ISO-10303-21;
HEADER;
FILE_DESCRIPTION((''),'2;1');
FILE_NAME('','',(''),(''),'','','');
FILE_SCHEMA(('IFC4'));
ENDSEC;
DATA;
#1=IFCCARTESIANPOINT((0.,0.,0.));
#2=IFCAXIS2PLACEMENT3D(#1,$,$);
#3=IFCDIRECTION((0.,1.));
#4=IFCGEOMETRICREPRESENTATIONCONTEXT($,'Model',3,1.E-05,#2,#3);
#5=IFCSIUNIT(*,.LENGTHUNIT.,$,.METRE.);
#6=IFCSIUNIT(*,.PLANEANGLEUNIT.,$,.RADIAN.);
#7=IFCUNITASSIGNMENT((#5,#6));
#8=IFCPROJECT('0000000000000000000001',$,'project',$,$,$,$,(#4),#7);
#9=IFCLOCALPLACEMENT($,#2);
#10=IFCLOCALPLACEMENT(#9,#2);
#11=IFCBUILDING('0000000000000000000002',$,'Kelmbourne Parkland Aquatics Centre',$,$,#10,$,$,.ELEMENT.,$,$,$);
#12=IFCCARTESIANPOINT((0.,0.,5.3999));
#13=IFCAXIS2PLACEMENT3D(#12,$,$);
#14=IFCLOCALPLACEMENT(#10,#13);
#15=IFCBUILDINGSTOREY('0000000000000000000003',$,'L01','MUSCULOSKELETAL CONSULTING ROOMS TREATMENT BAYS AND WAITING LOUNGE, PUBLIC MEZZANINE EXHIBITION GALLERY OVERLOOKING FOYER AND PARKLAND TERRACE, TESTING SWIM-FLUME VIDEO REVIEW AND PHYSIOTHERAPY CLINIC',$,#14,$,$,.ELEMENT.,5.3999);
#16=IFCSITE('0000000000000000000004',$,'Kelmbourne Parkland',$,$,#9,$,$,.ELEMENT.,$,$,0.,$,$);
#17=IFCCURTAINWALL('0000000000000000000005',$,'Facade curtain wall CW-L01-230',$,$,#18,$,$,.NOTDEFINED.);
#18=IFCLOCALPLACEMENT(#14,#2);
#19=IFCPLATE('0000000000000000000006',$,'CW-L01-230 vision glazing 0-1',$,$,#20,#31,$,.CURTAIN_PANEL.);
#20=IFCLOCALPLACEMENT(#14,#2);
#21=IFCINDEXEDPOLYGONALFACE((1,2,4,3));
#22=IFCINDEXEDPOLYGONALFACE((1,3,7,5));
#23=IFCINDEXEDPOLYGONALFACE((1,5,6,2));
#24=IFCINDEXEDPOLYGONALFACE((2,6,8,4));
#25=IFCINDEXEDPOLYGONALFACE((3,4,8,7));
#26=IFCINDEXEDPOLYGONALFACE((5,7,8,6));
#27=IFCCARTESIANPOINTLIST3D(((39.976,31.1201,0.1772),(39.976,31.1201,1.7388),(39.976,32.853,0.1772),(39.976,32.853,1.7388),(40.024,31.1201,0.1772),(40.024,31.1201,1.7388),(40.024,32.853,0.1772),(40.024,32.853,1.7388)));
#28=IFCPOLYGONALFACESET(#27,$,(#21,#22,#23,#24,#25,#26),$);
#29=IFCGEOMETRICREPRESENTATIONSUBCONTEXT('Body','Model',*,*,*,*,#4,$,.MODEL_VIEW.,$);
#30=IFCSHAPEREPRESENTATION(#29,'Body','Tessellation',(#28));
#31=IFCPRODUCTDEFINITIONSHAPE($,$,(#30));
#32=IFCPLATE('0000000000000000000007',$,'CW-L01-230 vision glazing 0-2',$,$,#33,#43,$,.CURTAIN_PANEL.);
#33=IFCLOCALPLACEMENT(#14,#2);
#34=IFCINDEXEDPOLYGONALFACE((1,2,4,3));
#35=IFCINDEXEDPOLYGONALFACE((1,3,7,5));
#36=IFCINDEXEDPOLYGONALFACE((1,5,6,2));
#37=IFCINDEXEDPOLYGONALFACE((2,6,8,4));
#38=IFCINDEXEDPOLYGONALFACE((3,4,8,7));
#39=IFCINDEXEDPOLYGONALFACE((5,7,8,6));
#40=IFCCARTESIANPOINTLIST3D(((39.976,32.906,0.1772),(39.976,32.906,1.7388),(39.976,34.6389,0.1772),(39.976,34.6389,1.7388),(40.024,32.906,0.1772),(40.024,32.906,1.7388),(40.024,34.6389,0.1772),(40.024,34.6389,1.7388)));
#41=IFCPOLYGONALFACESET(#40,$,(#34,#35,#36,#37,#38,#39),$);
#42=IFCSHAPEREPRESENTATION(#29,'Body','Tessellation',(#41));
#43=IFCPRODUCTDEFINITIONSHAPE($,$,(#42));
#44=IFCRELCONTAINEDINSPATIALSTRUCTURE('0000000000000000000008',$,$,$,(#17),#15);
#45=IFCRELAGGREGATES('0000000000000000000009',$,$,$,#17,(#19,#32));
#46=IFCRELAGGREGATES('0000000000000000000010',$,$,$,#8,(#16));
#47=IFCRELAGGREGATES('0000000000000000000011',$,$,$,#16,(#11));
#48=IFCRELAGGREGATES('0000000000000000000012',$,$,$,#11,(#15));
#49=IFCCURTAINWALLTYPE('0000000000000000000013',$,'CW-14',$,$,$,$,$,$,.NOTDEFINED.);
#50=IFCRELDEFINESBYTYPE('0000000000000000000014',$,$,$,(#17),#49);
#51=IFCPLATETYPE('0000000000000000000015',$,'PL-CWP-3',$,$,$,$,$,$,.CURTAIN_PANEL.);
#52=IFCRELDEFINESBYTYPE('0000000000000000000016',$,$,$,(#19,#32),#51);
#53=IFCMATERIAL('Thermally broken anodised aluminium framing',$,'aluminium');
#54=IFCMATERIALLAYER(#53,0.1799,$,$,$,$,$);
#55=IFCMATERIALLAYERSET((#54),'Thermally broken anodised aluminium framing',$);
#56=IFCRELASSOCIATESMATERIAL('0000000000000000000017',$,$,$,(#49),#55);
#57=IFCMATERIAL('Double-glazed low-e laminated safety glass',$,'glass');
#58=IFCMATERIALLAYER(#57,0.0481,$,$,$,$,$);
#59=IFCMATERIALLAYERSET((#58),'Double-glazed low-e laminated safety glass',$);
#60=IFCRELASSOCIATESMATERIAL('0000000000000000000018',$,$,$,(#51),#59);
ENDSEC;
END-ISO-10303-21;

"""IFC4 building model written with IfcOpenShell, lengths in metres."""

from ifc_helpers import new_model, si_unit, direction, frame, origin, origin_2d, place, context, subcontext, project, spatial, rectangle, extrude, material, layer, layer_set, type_object, element, aggregate, save


model = new_model("IFC4")

# Units and contexts
model_context = context("Model", 3, precision=1e-05, world=origin(), true_north=direction((0.0, 1.0)))
body_context = subcontext(model_context, "Body", "Model", "MODEL_VIEW")
ifc_project = project(units=[si_unit("LENGTHUNIT", "METRE"), si_unit("PLANEANGLEUNIT", "RADIAN")], contexts=[model_context])

# Site, building, storey
site_placement = place(None, origin())
site = spatial("IfcSite", under=ifc_project, at=site_placement, Name="Kelmbourne Parkland", CompositionType="ELEMENT", RefElevation=0.0)
building_placement = place(site_placement, origin())
building = spatial("IfcBuilding", under=site, at=building_placement, Name="Kelmbourne Parkland Aquatics Centre", CompositionType="ELEMENT")
storey_placement = place(building_placement, frame((0.0, 0.0, 5.3999)))
storey = spatial("IfcBuildingStorey", under=building, at=storey_placement, Name="L01", Description="MUSCULOSKELETAL CONSULTING ROOMS TREATMENT BAYS AND WAITING LOUNGE, PUBLIC MEZZANINE EXHIBITION GALLERY OVERLOOKING FOYER AND PARKLAND TERRACE, TESTING SWIM-FLUME VIDEO REVIEW AND PHYSIOTHERAPY CLINIC", CompositionType="ELEMENT", Elevation=5.3999)

# Curtain wall
ifc_material_1 = material(Name="Thermally broken anodised aluminium framing", Category="aluminium")
ifc_layer_1 = layer(ifc_material_1, 0.1799)
ifc_layer_set_1 = layer_set([ifc_layer_1], Name="Thermally broken anodised aluminium framing")
curtain_wall_type_1 = type_object("IfcCurtainWallType", Name="CW-14", PredefinedType="NOTDEFINED", material=ifc_layer_set_1)
curtain_wall_1_placement = place(storey_placement, origin())
curtain_wall_1 = element("IfcCurtainWall", 1, at=curtain_wall_1_placement, inside=storey, type_object=curtain_wall_type_1, Name="Facade curtain wall CW-L01-230", PredefinedType="NOTDEFINED")

# Plates
ifc_material_2 = material(Name="Double-glazed low-e laminated safety glass", Category="glass")
ifc_layer_2 = layer(ifc_material_2, 0.0481)
ifc_layer_set_2 = layer_set([ifc_layer_2], Name="Double-glazed low-e laminated safety glass")
plate_type_1 = type_object("IfcPlateType", Name="PL-CWP-3", PredefinedType="CURTAIN_PANEL", material=ifc_layer_set_2)
plate_1_placement = place(storey_placement, frame((40.0, 31.9866, 0.1772), z_axis=(0.0, 0.0, 1.0), x_axis=(0.0, 1.0, 0.0)))
plate_1 = element("IfcPlate", 2, at=plate_1_placement, type_object=plate_type_1, Name="CW-L01-230 vision glazing 0-1", PredefinedType="CURTAIN_PANEL", context=body_context, shape_type="SweptSolid", body=[
    extrude(rectangle(XDim=1.7329, YDim=0.0481, at=origin_2d()), origin(), (0.0, 0.0, 1.0), 1.5615),
])
plate_2_placement = place(storey_placement, frame((40.0, 33.7725, 0.1772), z_axis=(0.0, 0.0, 1.0), x_axis=(0.0, 1.0, 0.0)))
plate_2 = element("IfcPlate", 3, at=plate_2_placement, type_object=plate_type_1, Name="CW-L01-230 vision glazing 0-2", PredefinedType="CURTAIN_PANEL", context=body_context, shape_type="SweptSolid", body=[
    extrude(rectangle(XDim=1.7329, YDim=0.0481, at=origin_2d()), origin(), (0.0, 0.0, 1.0), 1.5615),
])
aggregate(curtain_wall_1, [plate_1, plate_2])

save(model, "model.ifc")
